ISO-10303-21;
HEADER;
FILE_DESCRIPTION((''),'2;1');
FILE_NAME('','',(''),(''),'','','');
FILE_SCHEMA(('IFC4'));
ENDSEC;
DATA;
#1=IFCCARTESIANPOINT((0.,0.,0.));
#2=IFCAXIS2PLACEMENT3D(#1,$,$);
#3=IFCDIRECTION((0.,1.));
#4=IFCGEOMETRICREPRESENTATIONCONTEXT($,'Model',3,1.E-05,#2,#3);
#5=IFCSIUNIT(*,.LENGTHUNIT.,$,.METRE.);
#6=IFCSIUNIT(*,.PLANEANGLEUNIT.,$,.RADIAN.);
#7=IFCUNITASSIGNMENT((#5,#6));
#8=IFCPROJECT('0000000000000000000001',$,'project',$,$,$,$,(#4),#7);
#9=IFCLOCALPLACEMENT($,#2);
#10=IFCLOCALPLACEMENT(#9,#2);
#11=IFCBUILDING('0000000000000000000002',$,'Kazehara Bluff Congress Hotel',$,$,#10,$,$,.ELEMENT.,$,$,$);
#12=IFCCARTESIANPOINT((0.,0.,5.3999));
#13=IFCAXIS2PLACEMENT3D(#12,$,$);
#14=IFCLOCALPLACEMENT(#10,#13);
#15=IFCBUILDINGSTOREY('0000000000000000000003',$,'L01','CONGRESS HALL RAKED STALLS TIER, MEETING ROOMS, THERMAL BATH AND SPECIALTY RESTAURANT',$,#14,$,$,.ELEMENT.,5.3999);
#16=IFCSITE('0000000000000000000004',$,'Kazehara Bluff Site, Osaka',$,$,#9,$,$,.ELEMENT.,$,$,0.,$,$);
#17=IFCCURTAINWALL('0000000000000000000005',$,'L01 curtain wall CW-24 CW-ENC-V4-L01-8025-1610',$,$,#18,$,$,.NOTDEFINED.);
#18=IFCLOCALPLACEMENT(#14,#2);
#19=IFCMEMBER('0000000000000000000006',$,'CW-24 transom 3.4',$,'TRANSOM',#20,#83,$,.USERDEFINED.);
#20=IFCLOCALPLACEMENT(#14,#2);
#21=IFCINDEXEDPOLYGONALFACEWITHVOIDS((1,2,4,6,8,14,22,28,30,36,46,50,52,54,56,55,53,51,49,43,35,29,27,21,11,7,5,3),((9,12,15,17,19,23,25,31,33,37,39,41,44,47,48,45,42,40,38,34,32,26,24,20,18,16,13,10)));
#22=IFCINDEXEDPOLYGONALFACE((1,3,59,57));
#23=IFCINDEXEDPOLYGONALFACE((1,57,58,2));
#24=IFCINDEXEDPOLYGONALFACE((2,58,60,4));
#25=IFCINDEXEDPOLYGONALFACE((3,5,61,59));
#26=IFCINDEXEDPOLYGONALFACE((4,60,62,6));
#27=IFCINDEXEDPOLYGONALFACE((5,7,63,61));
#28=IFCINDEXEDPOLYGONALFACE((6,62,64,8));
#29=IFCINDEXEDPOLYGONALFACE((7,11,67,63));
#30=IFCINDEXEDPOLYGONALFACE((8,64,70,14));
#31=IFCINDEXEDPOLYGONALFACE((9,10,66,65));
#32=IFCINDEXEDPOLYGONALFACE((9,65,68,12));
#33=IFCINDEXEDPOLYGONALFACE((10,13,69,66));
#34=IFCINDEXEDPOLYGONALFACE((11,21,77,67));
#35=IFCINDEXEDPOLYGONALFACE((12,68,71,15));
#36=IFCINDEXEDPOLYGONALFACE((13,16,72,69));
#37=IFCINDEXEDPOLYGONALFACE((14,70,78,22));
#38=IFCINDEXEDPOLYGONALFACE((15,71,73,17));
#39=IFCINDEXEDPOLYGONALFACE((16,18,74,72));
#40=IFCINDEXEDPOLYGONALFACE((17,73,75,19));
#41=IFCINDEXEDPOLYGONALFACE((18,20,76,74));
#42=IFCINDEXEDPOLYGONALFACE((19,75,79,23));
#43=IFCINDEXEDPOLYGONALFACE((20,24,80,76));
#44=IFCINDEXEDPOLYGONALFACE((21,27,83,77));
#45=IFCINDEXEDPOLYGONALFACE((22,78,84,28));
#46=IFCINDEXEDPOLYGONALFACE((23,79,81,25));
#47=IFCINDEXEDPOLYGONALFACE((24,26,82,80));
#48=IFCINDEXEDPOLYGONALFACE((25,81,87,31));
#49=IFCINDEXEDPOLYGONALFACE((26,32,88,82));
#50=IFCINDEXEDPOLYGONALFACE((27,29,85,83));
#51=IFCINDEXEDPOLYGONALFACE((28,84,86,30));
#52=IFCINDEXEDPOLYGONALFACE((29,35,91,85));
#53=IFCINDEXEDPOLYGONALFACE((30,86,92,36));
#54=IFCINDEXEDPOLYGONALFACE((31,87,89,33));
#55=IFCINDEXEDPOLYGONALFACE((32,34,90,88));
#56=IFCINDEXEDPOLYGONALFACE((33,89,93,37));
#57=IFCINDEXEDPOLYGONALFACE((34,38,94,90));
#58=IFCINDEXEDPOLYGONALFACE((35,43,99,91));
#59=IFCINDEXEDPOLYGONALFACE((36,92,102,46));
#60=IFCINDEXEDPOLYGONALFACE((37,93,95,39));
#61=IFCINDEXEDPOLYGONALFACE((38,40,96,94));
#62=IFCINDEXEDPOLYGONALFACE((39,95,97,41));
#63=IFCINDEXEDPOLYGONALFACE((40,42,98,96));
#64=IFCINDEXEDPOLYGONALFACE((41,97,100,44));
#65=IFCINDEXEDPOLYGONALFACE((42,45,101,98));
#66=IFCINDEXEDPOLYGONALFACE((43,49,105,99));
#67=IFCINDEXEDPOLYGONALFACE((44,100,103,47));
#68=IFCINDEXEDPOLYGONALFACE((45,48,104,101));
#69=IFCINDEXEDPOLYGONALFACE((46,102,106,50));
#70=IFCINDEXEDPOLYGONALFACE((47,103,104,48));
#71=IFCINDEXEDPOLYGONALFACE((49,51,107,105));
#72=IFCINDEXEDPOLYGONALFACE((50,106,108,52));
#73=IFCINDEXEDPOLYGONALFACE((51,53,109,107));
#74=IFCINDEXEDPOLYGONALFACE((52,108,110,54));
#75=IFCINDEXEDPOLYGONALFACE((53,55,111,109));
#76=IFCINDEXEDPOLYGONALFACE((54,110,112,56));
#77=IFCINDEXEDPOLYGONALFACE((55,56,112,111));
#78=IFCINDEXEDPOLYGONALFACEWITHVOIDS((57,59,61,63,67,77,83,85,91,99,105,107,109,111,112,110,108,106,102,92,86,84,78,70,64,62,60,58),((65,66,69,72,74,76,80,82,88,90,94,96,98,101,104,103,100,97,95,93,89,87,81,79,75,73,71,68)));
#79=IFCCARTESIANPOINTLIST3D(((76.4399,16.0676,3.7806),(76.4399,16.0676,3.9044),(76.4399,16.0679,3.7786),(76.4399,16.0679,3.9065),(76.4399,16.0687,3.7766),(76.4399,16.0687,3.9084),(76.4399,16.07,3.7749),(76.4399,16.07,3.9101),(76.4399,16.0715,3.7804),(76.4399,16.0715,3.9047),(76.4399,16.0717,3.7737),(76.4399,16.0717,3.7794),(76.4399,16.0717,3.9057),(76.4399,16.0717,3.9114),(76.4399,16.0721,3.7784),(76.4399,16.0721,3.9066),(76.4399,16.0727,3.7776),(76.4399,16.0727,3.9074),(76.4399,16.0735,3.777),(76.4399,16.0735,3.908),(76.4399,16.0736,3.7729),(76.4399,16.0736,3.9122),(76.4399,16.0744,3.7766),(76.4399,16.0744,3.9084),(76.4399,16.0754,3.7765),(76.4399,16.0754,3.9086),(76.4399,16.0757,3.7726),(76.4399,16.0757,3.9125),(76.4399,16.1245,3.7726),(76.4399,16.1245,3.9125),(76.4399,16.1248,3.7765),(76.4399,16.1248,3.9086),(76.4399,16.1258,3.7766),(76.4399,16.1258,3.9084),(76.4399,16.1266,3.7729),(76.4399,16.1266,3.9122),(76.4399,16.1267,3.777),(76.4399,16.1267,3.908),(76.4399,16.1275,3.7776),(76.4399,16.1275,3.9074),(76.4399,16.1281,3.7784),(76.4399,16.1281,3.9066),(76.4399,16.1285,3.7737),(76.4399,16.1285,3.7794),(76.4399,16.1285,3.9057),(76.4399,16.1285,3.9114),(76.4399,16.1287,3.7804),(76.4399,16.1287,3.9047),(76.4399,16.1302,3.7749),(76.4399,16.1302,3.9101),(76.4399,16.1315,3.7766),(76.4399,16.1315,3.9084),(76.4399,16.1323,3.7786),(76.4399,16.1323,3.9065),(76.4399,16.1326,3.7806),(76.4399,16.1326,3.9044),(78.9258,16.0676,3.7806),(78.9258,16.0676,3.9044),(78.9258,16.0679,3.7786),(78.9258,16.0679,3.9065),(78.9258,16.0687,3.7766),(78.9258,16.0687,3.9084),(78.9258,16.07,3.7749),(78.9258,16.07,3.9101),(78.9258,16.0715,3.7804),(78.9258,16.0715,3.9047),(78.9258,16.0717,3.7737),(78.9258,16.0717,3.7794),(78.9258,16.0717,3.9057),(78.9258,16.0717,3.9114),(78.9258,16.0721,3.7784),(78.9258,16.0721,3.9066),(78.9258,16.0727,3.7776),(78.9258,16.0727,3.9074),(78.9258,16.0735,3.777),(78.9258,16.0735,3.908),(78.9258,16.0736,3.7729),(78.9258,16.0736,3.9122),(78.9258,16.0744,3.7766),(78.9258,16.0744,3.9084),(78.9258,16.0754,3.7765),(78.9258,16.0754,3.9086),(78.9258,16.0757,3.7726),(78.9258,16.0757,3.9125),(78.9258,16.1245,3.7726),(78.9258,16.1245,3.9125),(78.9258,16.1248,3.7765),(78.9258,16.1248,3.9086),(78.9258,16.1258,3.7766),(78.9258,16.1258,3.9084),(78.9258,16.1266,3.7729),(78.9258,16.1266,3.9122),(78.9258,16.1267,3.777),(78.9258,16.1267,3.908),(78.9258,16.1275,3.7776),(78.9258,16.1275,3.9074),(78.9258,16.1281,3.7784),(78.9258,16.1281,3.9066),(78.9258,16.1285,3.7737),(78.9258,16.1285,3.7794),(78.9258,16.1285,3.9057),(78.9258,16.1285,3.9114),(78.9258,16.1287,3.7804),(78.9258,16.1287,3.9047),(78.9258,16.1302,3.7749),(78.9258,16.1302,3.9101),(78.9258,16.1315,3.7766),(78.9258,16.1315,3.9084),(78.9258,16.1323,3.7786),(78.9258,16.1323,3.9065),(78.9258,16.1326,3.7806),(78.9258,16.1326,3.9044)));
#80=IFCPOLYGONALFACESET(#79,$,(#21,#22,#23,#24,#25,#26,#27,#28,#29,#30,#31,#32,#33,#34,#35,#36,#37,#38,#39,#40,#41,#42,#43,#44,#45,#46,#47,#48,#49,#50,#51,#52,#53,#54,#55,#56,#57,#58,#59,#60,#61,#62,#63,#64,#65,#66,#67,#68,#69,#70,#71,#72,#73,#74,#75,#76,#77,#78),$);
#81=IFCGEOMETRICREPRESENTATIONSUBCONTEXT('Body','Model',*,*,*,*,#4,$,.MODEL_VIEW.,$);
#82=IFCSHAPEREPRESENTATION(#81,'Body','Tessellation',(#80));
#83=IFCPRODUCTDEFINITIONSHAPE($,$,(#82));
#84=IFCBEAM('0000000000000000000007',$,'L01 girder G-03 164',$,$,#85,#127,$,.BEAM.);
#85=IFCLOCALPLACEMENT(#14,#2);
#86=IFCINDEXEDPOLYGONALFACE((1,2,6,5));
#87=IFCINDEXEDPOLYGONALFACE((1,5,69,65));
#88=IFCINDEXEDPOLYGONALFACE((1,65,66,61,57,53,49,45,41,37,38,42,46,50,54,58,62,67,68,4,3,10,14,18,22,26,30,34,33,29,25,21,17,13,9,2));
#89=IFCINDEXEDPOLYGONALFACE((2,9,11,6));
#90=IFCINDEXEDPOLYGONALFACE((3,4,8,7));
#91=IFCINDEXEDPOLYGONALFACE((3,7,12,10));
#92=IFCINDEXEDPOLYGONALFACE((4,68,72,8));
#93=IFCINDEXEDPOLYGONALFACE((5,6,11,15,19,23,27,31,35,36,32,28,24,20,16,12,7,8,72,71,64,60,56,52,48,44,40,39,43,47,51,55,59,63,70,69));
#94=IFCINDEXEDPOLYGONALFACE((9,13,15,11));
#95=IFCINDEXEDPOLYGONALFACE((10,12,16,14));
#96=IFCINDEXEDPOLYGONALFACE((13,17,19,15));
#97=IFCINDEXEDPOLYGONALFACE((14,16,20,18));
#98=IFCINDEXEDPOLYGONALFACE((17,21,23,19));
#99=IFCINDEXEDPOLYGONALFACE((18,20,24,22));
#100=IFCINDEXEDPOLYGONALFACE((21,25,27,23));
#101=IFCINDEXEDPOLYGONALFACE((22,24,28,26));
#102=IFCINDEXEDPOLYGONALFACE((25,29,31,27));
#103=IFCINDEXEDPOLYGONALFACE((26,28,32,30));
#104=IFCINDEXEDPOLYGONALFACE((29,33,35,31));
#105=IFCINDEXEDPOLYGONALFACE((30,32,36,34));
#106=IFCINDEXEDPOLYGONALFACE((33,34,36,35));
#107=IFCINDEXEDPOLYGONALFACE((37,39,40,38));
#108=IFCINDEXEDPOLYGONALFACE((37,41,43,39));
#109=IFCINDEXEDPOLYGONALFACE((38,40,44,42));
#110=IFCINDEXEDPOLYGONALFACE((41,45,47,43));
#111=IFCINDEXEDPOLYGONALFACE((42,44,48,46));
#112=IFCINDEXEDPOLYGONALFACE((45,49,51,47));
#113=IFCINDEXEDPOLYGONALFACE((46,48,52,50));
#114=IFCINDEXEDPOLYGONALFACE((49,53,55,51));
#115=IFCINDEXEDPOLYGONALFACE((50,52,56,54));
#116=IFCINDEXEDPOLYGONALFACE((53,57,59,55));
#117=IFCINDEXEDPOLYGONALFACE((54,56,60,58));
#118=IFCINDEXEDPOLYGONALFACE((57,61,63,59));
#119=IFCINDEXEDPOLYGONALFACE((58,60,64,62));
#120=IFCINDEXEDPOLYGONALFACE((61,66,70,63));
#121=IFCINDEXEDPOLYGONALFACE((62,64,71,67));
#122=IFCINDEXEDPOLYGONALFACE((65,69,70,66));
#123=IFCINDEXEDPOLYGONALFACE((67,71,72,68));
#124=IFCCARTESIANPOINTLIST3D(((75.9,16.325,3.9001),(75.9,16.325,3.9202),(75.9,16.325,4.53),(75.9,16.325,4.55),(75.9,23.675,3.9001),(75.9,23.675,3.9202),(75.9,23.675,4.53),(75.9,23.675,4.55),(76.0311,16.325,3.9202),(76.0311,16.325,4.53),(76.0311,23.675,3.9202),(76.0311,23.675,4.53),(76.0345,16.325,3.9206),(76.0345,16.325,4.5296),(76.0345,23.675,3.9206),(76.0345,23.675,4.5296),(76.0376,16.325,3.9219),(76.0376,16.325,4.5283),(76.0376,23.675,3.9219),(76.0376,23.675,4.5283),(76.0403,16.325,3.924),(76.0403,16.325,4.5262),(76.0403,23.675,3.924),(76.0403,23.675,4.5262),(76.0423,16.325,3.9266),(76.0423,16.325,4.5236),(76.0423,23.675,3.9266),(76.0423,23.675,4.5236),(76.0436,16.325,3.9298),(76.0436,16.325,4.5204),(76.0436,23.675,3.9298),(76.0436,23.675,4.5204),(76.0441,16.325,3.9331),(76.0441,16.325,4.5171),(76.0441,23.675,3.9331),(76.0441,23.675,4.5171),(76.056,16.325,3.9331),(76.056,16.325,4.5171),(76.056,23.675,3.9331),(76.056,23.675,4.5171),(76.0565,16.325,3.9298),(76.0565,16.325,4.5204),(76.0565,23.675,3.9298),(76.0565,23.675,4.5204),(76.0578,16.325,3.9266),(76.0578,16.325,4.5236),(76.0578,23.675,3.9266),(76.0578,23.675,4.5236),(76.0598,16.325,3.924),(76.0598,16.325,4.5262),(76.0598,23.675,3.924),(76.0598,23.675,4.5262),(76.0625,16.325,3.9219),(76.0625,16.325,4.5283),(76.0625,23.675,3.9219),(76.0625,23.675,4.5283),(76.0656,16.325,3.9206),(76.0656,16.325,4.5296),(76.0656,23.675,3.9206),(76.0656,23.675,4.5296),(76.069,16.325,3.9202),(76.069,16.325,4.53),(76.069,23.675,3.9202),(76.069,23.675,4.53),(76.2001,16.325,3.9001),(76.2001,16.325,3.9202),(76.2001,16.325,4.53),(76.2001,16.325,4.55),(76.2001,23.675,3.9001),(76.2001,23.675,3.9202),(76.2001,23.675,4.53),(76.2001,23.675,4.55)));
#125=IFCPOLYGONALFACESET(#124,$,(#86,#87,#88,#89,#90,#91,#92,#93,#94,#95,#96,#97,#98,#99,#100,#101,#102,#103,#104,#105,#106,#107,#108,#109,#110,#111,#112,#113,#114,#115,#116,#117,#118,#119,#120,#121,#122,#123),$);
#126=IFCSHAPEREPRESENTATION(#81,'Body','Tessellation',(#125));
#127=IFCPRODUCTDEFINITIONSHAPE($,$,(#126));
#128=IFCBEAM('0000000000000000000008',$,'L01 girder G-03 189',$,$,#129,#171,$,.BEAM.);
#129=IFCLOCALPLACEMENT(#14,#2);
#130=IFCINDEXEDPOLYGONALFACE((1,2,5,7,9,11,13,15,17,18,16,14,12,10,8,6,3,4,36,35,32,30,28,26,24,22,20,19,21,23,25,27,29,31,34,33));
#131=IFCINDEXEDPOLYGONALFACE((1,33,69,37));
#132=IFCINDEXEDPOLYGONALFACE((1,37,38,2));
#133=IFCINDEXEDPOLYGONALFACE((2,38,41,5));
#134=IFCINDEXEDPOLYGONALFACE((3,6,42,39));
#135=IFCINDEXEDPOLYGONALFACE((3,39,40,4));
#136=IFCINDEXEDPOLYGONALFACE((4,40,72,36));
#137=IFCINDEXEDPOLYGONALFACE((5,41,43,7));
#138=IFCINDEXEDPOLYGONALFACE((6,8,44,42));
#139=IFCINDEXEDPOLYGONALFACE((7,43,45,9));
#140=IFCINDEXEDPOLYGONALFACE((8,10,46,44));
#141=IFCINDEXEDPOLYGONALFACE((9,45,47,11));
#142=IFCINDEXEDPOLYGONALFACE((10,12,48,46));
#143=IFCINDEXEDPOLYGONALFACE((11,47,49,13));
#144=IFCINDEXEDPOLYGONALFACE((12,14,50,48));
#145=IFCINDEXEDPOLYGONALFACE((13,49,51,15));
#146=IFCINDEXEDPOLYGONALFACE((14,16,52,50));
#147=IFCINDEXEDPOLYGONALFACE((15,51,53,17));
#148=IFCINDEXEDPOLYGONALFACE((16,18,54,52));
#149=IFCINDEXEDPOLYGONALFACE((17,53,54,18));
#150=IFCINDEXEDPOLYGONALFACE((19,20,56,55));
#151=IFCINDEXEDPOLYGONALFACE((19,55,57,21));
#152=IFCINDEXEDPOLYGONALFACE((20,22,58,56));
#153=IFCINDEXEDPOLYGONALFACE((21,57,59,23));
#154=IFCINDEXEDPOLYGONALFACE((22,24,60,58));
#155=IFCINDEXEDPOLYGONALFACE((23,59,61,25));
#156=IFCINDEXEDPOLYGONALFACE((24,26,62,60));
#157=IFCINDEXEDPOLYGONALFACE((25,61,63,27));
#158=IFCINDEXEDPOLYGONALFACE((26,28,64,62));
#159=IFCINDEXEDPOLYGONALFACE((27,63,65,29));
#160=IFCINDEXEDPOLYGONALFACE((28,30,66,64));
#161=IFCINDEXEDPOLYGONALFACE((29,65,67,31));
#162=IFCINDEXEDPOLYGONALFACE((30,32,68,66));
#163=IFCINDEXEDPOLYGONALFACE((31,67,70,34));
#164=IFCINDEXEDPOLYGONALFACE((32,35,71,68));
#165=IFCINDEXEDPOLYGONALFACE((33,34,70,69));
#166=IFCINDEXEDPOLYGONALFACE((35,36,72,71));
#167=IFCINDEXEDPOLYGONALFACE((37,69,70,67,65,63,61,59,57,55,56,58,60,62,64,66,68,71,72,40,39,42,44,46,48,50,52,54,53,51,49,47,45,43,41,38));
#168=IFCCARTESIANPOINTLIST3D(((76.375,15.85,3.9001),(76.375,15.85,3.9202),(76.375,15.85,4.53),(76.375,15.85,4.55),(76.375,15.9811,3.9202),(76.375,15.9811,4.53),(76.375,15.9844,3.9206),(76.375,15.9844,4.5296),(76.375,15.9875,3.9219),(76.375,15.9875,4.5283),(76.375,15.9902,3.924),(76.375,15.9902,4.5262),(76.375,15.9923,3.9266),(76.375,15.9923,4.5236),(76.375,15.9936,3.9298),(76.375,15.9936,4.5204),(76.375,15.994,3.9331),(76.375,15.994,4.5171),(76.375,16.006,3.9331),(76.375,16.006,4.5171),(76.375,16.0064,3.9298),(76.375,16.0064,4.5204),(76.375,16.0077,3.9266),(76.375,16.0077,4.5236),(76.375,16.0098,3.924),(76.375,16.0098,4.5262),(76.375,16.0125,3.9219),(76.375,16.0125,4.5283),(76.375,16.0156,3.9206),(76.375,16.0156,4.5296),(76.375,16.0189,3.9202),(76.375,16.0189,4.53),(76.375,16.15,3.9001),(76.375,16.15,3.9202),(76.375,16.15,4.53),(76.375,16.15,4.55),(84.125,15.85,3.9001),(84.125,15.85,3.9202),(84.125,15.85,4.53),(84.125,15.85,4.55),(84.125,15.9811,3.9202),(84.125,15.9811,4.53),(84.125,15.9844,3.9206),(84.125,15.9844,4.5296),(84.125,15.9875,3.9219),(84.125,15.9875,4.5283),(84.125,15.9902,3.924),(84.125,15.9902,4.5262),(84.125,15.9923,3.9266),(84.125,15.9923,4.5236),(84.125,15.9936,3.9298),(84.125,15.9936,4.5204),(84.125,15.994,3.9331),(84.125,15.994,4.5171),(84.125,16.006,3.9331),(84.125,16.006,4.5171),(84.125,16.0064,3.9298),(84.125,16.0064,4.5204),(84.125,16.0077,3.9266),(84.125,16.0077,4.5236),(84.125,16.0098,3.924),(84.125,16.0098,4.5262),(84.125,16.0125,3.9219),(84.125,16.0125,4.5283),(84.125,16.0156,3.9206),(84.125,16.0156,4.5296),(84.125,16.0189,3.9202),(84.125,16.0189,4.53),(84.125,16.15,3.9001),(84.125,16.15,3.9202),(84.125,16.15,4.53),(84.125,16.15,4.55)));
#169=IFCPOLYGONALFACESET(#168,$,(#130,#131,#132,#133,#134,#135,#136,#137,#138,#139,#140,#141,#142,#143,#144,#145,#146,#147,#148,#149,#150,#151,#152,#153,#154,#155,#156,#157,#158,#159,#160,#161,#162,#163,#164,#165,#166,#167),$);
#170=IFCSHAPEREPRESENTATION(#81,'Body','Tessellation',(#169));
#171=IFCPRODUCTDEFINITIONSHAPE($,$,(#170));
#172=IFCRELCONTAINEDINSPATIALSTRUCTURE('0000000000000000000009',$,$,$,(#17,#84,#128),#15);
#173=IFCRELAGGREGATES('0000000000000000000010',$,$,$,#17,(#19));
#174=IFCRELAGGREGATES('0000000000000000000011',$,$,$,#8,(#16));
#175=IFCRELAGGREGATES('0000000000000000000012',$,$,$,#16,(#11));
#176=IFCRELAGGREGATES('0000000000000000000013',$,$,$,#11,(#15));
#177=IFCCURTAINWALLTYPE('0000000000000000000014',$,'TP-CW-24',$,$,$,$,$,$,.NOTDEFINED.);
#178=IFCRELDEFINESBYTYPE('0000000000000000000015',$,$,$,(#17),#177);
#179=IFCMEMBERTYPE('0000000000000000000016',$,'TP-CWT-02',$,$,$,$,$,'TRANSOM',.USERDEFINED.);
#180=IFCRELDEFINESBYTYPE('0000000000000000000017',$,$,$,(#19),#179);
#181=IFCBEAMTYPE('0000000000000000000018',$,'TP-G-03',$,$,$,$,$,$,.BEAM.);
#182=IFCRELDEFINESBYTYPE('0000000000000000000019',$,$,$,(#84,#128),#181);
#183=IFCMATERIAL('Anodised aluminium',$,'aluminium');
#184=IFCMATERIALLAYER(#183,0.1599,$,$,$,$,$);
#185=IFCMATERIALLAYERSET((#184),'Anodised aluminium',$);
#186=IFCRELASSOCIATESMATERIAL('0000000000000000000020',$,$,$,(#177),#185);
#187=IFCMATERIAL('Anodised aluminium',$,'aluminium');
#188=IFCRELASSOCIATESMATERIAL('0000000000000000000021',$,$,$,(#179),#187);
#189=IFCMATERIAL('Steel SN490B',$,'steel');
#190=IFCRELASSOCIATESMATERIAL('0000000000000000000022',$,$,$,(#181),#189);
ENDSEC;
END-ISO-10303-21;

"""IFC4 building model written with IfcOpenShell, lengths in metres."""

from ifc_helpers import new_model, si_unit, direction, frame, origin, origin_2d, place, context, subcontext, project, spatial, hollow_rectangle, i_section, extrude, material, layer, layer_set, material_profile, profile_set, type_object, element, aggregate, save


model = new_model("IFC4")

# Units and contexts
model_context = context("Model", 3, precision=1e-05, world=origin(), true_north=direction((0.0, 1.0)))
body_context = subcontext(model_context, "Body", "Model", "MODEL_VIEW")
ifc_project = project(units=[si_unit("LENGTHUNIT", "METRE"), si_unit("PLANEANGLEUNIT", "RADIAN")], contexts=[model_context])

# Site, building, storey
site_placement = place(None, origin())
site = spatial("IfcSite", under=ifc_project, at=site_placement, Name="Kazehara Bluff Site, Osaka", CompositionType="ELEMENT", RefElevation=0.0)
building_placement = place(site_placement, origin())
building = spatial("IfcBuilding", under=site, at=building_placement, Name="Kazehara Bluff Congress Hotel", CompositionType="ELEMENT")
storey_placement = place(building_placement, frame((0.0, 0.0, 5.3999)))
storey = spatial("IfcBuildingStorey", under=building, at=storey_placement, Name="L01", Description="CONGRESS HALL RAKED STALLS TIER, MEETING ROOMS, THERMAL BATH AND SPECIALTY RESTAURANT", CompositionType="ELEMENT", Elevation=5.3999)

# Curtain wall
ifc_material_1 = material(Name="Anodised aluminium", Category="aluminium")
ifc_layer_1 = layer(ifc_material_1, 0.1599)
ifc_layer_set_1 = layer_set([ifc_layer_1], Name="Anodised aluminium")
curtain_wall_type_1 = type_object("IfcCurtainWallType", Name="TP-CW-24", PredefinedType="NOTDEFINED", material=ifc_layer_set_1)
curtain_wall_1_placement = place(storey_placement, origin())
curtain_wall_1 = element("IfcCurtainWall", 1, at=curtain_wall_1_placement, inside=storey, type_object=curtain_wall_type_1, Name="L01 curtain wall CW-24 CW-ENC-V4-L01-8025-1610", PredefinedType="NOTDEFINED")

# Member
ifc_material_2 = material(Name="Anodised aluminium", Category="aluminium")
ifc_material_profile_1 = material_profile(ifc_material_2, hollow_rectangle(XDim=0.0649, YDim=0.1399, WallThickness=0.0039, InnerFilletRadius=0.0039, OuterFilletRadius=0.0081, at=origin_2d()))
ifc_profile_set_1 = profile_set([ifc_material_profile_1], Name="Anodised aluminium")
member_type_1 = type_object("IfcMemberType", Name="TP-CWT-02", ElementType="TRANSOM", PredefinedType="USERDEFINED", material=ifc_profile_set_1)
member_1_placement = place(storey_placement, frame((78.9258, 16.1001, 3.8425), z_axis=(-1.0, 0.0, 0.0), x_axis=(0.0, -1.0, 0.0)))
member_1 = element("IfcMember", 2, at=member_1_placement, type_object=member_type_1, Name="CW-24 transom 3.4", ObjectType="TRANSOM", PredefinedType="USERDEFINED", context=body_context, shape_type="SweptSolid", body=[
    extrude(hollow_rectangle(XDim=0.0649, YDim=0.1399, WallThickness=0.0039, InnerFilletRadius=0.0039, OuterFilletRadius=0.0081, at=origin_2d()), origin(), (0.0, 0.0, 1.0), 2.4858),
])

# Beams
ifc_material_3 = material(Name="Steel SN490B", Category="steel")
ifc_material_profile_2 = material_profile(ifc_material_3, i_section(OverallWidth=0.3, OverallDepth=0.6499, WebThickness=0.012, FlangeThickness=0.02, FilletRadius=0.0129, at=origin_2d()))
ifc_profile_set_2 = profile_set([ifc_material_profile_2], Name="Steel SN490B")
beam_type_1 = type_object("IfcBeamType", Name="TP-G-03", PredefinedType="BEAM", material=ifc_profile_set_2)
beam_1_placement = place(storey_placement, frame((76.05, 16.325, 4.2251), z_axis=(0.0, 1.0, 0.0), x_axis=(-1.0, 0.0, 0.0)))
element("IfcBeam", 3, at=beam_1_placement, inside=storey, type_object=beam_type_1, Name="L01 girder G-03 164", PredefinedType="BEAM", context=body_context, shape_type="SweptSolid", body=[
    extrude(i_section(OverallWidth=0.3, OverallDepth=0.6499, WebThickness=0.012, FlangeThickness=0.02, FilletRadius=0.0129, at=origin_2d()), origin(), (0.0, 0.0, 1.0), 7.3501),
])
beam_2_placement = place(storey_placement, frame((76.375, 16.0, 4.2251), z_axis=(1.0, 0.0, 0.0), x_axis=(0.0, 1.0, 0.0)))
element("IfcBeam", 4, at=beam_2_placement, inside=storey, type_object=beam_type_1, Name="L01 girder G-03 189", PredefinedType="BEAM", context=body_context, shape_type="SweptSolid", body=[
    extrude(i_section(OverallWidth=0.3, OverallDepth=0.6499, WebThickness=0.012, FlangeThickness=0.02, FilletRadius=0.0129, at=origin_2d()), origin(), (0.0, 0.0, 1.0), 7.75),
])

aggregate(curtain_wall_1, [member_1])

save(model, "model.ifc")
